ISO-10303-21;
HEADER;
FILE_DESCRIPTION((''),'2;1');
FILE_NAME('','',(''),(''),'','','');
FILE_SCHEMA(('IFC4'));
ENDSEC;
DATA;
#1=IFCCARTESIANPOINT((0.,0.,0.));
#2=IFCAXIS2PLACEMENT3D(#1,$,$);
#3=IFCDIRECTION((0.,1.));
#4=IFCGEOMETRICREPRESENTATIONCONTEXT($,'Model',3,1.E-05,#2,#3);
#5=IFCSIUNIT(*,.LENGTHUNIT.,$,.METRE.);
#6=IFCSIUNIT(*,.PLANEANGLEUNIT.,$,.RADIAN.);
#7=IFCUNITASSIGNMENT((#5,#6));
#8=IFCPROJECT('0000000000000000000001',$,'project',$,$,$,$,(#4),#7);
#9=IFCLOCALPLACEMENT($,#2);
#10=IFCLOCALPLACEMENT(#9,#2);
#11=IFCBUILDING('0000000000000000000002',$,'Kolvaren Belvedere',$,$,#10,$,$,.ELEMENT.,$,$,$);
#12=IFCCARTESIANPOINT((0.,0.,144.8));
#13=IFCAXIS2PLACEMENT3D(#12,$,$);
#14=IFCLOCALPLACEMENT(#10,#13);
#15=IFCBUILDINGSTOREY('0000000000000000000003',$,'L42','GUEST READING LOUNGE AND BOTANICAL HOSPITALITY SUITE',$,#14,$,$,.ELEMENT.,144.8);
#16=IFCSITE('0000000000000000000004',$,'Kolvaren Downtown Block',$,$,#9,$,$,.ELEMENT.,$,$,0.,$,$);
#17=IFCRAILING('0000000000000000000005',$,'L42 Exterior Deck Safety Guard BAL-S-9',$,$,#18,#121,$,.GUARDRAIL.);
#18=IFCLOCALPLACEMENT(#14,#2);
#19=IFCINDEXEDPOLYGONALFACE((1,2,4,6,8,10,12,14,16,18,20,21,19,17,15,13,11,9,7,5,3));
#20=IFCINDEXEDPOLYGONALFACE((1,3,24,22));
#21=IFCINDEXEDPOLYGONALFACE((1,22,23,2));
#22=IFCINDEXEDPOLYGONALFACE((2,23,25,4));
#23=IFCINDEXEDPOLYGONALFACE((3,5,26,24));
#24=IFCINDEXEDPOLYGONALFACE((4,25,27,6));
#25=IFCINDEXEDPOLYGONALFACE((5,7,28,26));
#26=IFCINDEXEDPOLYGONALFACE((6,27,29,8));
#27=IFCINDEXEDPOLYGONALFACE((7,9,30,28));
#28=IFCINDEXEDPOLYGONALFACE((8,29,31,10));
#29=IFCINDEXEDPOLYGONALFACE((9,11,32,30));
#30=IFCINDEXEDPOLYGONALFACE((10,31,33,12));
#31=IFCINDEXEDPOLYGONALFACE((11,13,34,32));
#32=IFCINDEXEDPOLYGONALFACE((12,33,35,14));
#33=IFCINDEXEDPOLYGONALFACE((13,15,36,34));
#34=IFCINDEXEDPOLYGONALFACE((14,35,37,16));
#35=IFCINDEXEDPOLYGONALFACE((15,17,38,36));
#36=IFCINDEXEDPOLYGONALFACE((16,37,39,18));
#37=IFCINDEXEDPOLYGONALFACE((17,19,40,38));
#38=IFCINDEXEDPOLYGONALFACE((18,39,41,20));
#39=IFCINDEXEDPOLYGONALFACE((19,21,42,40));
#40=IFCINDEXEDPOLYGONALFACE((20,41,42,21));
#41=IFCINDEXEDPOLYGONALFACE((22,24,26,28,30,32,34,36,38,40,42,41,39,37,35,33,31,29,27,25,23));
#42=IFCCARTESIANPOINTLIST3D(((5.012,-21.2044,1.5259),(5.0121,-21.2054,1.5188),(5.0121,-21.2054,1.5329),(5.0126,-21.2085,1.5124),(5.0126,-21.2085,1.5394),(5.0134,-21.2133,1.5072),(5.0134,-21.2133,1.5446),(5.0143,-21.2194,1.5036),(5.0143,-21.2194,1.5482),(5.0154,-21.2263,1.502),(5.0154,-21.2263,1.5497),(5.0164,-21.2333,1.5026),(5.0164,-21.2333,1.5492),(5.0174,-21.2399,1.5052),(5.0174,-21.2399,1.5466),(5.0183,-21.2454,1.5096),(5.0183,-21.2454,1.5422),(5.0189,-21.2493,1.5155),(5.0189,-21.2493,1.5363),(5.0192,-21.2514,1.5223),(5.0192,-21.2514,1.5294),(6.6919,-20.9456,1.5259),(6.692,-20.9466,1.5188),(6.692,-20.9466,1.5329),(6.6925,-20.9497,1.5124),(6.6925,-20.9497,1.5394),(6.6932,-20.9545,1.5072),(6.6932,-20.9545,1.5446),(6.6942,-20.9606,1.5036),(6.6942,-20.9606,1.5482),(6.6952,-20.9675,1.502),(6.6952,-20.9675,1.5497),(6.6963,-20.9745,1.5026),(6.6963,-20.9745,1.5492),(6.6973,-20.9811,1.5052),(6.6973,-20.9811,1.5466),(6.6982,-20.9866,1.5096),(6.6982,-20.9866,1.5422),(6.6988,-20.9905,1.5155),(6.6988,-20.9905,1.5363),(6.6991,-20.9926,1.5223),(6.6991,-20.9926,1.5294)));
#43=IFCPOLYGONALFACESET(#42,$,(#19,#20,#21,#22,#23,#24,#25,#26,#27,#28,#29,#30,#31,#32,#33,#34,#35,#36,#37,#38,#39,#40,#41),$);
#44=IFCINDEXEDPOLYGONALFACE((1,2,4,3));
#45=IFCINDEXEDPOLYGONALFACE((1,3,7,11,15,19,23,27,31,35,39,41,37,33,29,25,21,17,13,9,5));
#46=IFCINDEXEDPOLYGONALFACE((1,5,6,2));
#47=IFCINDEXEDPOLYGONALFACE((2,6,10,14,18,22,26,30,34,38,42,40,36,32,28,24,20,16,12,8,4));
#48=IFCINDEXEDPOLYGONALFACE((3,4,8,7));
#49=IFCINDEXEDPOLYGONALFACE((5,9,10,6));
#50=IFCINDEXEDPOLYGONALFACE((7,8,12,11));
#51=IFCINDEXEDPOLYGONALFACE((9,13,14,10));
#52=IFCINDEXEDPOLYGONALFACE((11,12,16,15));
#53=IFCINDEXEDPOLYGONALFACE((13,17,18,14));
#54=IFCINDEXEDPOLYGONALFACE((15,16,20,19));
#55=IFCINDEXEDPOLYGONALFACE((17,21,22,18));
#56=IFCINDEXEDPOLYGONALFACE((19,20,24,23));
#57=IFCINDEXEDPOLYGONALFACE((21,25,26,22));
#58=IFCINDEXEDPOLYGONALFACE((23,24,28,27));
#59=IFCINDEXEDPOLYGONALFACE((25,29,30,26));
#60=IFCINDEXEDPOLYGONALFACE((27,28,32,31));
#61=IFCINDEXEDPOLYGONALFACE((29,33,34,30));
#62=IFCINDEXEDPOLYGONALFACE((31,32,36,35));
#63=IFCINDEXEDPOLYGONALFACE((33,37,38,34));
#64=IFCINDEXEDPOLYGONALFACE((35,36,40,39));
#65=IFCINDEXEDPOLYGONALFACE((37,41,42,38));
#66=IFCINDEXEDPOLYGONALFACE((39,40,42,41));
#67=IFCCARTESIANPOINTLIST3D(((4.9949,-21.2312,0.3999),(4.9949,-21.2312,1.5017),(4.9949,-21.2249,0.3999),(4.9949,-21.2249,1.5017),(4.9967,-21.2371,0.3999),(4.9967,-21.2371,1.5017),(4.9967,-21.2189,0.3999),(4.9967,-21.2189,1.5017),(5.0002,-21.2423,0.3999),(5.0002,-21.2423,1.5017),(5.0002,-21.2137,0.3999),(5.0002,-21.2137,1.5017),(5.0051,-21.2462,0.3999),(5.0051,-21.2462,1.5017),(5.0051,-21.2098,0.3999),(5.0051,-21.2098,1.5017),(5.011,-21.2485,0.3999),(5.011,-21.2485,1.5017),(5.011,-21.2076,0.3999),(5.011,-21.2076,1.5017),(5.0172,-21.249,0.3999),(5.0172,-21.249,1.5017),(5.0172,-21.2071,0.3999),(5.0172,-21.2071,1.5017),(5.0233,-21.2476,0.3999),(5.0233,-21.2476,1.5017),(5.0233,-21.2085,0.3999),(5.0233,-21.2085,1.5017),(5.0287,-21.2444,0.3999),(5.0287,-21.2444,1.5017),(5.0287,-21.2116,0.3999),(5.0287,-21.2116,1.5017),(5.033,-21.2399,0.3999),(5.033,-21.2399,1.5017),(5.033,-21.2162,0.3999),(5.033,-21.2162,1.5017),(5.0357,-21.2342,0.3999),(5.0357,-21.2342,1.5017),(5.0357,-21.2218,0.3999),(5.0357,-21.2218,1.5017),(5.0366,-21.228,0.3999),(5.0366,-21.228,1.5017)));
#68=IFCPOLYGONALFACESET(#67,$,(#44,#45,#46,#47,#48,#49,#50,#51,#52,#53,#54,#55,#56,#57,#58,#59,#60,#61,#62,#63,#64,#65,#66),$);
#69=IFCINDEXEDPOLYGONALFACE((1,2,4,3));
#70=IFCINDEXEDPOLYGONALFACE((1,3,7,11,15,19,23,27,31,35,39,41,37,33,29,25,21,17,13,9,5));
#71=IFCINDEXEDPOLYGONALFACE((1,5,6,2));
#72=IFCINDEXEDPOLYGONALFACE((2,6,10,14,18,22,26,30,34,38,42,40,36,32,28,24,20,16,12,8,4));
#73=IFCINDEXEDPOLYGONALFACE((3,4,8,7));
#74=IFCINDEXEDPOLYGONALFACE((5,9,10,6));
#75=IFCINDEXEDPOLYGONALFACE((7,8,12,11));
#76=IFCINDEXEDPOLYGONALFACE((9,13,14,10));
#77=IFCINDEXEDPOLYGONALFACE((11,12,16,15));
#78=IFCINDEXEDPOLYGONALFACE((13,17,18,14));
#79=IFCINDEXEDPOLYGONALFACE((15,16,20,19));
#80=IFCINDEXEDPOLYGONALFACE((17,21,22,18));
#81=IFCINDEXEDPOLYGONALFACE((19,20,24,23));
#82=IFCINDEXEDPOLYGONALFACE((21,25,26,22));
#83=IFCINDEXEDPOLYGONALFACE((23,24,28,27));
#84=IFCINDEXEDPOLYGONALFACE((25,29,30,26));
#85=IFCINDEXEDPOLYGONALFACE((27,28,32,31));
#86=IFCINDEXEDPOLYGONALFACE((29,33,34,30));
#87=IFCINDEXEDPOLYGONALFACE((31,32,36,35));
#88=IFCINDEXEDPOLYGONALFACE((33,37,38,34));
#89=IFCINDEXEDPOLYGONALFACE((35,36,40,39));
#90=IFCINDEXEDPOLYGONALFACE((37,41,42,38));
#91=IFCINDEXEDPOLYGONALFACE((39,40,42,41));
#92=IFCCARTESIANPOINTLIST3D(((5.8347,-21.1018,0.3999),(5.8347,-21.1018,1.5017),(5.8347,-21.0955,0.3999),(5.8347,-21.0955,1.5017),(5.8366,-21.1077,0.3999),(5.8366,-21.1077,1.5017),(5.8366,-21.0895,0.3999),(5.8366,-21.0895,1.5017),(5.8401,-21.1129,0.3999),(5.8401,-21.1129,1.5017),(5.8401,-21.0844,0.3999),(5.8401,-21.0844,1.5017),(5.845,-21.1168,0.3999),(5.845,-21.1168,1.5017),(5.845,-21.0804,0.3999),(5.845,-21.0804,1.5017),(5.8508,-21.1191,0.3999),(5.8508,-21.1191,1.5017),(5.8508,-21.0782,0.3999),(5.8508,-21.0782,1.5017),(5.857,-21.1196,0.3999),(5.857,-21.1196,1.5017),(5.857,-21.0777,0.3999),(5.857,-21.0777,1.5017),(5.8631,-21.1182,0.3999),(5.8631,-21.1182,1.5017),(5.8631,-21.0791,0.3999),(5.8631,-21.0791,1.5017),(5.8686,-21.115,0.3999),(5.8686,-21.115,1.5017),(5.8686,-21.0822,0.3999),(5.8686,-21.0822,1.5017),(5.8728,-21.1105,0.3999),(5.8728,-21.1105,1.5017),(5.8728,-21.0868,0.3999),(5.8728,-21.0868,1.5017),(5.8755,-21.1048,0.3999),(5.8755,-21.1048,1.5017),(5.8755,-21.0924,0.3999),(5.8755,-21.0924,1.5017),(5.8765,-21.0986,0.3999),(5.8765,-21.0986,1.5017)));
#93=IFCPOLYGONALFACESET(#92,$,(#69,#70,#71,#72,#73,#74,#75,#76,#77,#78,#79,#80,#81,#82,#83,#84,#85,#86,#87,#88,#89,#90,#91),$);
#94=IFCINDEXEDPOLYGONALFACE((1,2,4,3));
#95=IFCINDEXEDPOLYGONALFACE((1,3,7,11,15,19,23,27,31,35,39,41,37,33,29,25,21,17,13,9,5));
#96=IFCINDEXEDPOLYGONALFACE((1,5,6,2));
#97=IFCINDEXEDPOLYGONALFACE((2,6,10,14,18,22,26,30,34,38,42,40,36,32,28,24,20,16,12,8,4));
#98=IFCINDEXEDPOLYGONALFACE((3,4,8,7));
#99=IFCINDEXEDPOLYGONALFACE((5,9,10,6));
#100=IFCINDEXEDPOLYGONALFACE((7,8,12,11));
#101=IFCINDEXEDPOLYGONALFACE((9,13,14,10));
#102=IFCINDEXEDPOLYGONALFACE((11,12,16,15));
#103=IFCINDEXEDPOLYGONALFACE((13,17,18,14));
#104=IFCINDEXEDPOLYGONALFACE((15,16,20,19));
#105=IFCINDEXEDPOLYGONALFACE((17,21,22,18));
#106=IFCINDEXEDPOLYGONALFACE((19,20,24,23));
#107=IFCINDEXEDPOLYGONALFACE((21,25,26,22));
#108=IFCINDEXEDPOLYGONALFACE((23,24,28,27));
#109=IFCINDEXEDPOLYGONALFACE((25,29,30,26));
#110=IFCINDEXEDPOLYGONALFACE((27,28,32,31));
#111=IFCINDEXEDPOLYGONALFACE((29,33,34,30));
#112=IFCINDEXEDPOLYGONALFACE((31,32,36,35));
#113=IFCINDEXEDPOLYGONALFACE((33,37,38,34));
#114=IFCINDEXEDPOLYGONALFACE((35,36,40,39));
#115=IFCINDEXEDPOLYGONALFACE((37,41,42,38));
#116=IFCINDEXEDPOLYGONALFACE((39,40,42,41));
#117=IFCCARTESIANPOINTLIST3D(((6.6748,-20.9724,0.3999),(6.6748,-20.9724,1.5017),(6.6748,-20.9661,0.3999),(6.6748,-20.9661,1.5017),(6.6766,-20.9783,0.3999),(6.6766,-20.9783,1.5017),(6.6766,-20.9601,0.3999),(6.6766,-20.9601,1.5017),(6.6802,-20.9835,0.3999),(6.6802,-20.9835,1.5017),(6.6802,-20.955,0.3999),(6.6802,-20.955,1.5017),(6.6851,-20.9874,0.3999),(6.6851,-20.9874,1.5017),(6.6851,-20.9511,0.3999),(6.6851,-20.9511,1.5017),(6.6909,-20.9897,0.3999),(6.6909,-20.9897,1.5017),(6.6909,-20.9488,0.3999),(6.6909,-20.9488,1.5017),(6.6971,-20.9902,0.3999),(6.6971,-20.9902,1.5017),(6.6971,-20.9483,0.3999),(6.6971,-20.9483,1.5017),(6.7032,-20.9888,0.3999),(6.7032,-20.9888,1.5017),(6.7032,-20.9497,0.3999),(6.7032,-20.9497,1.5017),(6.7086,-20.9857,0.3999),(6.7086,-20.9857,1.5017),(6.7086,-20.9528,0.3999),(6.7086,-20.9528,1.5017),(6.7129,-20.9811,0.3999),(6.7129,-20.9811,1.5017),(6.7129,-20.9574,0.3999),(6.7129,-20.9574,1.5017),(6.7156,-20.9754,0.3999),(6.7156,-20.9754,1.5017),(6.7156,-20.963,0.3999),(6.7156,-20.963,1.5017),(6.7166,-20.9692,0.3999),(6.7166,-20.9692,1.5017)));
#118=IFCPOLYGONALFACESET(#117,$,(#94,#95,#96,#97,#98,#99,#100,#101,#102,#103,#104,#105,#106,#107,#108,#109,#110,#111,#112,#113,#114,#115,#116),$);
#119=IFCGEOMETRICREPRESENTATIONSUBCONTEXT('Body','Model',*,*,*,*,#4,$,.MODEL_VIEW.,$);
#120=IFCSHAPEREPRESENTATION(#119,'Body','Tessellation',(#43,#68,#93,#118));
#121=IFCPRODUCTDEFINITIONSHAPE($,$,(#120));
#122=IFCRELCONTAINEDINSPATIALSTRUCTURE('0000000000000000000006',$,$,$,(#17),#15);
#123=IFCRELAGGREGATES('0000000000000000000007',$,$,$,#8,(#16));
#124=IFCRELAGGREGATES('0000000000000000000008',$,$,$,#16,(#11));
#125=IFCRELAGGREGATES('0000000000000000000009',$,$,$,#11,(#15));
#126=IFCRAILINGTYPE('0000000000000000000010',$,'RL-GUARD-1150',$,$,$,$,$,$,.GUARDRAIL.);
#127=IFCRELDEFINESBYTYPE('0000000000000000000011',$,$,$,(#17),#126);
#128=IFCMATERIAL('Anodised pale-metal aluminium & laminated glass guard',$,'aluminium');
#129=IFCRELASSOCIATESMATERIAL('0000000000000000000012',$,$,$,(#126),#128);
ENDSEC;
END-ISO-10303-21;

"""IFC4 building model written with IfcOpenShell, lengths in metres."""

from ifc_helpers import new_model, si_unit, direction, frame, origin, origin_2d, place, context, subcontext, project, spatial, circle, extrude, material, type_object, element, save


model = new_model("IFC4")

# Units and contexts
model_context = context("Model", 3, precision=1e-05, world=origin(), true_north=direction((0.0, 1.0)))
body_context = subcontext(model_context, "Body", "Model", "MODEL_VIEW")
ifc_project = project(units=[si_unit("LENGTHUNIT", "METRE"), si_unit("PLANEANGLEUNIT", "RADIAN")], contexts=[model_context])

# Site, building, storey
site_placement = place(None, origin())
site = spatial("IfcSite", under=ifc_project, at=site_placement, Name="Kolvaren Downtown Block", CompositionType="ELEMENT", RefElevation=0.0)
building_placement = place(site_placement, origin())
building = spatial("IfcBuilding", under=site, at=building_placement, Name="Kolvaren Belvedere", CompositionType="ELEMENT")
storey_placement = place(building_placement, frame((0.0, 0.0, 144.8)))
storey = spatial("IfcBuildingStorey", under=building, at=storey_placement, Name="L42", Description="GUEST READING LOUNGE AND BOTANICAL HOSPITALITY SUITE", CompositionType="ELEMENT", Elevation=144.8)

# Railing
ifc_material_1 = material(Name="Anodised pale-metal aluminium & laminated glass guard", Category="aluminium")
railing_type = type_object("IfcRailingType", Name="RL-GUARD-1150", PredefinedType="GUARDRAIL", material=ifc_material_1)
railing_1_placement = place(storey_placement, frame((5.0156, -21.228, 0.3999)))
element("IfcRailing", 1, at=railing_1_placement, inside=storey, type_object=railing_type, Name="L42 Exterior Deck Safety Guard BAL-S-9", PredefinedType="GUARDRAIL", context=body_context, shape_type="SweptSolid", body=[
    extrude(circle(Radius=0.0239, at=origin_2d()), frame((0.0, 0.0, 1.126), z_axis=(0.988342, 0.152251, 0.0), x_axis=(-0.152251, 0.988342, 0.0)), (0.0, 0.0, 1.0), 1.6997),
    extrude(circle(Radius=0.021, at=origin_2d()), origin(), (0.0, 0.0, 1.0), 1.1018),
    extrude(circle(Radius=0.021, at=origin_2d()), frame((0.8398, 0.1294, 0.0)), (0.0, 0.0, 1.0), 1.1018),
    extrude(circle(Radius=0.021, at=origin_2d()), frame((1.6799, 0.2588, 0.0)), (0.0, 0.0, 1.0), 1.1018),
])

save(model, "model.ifc")
